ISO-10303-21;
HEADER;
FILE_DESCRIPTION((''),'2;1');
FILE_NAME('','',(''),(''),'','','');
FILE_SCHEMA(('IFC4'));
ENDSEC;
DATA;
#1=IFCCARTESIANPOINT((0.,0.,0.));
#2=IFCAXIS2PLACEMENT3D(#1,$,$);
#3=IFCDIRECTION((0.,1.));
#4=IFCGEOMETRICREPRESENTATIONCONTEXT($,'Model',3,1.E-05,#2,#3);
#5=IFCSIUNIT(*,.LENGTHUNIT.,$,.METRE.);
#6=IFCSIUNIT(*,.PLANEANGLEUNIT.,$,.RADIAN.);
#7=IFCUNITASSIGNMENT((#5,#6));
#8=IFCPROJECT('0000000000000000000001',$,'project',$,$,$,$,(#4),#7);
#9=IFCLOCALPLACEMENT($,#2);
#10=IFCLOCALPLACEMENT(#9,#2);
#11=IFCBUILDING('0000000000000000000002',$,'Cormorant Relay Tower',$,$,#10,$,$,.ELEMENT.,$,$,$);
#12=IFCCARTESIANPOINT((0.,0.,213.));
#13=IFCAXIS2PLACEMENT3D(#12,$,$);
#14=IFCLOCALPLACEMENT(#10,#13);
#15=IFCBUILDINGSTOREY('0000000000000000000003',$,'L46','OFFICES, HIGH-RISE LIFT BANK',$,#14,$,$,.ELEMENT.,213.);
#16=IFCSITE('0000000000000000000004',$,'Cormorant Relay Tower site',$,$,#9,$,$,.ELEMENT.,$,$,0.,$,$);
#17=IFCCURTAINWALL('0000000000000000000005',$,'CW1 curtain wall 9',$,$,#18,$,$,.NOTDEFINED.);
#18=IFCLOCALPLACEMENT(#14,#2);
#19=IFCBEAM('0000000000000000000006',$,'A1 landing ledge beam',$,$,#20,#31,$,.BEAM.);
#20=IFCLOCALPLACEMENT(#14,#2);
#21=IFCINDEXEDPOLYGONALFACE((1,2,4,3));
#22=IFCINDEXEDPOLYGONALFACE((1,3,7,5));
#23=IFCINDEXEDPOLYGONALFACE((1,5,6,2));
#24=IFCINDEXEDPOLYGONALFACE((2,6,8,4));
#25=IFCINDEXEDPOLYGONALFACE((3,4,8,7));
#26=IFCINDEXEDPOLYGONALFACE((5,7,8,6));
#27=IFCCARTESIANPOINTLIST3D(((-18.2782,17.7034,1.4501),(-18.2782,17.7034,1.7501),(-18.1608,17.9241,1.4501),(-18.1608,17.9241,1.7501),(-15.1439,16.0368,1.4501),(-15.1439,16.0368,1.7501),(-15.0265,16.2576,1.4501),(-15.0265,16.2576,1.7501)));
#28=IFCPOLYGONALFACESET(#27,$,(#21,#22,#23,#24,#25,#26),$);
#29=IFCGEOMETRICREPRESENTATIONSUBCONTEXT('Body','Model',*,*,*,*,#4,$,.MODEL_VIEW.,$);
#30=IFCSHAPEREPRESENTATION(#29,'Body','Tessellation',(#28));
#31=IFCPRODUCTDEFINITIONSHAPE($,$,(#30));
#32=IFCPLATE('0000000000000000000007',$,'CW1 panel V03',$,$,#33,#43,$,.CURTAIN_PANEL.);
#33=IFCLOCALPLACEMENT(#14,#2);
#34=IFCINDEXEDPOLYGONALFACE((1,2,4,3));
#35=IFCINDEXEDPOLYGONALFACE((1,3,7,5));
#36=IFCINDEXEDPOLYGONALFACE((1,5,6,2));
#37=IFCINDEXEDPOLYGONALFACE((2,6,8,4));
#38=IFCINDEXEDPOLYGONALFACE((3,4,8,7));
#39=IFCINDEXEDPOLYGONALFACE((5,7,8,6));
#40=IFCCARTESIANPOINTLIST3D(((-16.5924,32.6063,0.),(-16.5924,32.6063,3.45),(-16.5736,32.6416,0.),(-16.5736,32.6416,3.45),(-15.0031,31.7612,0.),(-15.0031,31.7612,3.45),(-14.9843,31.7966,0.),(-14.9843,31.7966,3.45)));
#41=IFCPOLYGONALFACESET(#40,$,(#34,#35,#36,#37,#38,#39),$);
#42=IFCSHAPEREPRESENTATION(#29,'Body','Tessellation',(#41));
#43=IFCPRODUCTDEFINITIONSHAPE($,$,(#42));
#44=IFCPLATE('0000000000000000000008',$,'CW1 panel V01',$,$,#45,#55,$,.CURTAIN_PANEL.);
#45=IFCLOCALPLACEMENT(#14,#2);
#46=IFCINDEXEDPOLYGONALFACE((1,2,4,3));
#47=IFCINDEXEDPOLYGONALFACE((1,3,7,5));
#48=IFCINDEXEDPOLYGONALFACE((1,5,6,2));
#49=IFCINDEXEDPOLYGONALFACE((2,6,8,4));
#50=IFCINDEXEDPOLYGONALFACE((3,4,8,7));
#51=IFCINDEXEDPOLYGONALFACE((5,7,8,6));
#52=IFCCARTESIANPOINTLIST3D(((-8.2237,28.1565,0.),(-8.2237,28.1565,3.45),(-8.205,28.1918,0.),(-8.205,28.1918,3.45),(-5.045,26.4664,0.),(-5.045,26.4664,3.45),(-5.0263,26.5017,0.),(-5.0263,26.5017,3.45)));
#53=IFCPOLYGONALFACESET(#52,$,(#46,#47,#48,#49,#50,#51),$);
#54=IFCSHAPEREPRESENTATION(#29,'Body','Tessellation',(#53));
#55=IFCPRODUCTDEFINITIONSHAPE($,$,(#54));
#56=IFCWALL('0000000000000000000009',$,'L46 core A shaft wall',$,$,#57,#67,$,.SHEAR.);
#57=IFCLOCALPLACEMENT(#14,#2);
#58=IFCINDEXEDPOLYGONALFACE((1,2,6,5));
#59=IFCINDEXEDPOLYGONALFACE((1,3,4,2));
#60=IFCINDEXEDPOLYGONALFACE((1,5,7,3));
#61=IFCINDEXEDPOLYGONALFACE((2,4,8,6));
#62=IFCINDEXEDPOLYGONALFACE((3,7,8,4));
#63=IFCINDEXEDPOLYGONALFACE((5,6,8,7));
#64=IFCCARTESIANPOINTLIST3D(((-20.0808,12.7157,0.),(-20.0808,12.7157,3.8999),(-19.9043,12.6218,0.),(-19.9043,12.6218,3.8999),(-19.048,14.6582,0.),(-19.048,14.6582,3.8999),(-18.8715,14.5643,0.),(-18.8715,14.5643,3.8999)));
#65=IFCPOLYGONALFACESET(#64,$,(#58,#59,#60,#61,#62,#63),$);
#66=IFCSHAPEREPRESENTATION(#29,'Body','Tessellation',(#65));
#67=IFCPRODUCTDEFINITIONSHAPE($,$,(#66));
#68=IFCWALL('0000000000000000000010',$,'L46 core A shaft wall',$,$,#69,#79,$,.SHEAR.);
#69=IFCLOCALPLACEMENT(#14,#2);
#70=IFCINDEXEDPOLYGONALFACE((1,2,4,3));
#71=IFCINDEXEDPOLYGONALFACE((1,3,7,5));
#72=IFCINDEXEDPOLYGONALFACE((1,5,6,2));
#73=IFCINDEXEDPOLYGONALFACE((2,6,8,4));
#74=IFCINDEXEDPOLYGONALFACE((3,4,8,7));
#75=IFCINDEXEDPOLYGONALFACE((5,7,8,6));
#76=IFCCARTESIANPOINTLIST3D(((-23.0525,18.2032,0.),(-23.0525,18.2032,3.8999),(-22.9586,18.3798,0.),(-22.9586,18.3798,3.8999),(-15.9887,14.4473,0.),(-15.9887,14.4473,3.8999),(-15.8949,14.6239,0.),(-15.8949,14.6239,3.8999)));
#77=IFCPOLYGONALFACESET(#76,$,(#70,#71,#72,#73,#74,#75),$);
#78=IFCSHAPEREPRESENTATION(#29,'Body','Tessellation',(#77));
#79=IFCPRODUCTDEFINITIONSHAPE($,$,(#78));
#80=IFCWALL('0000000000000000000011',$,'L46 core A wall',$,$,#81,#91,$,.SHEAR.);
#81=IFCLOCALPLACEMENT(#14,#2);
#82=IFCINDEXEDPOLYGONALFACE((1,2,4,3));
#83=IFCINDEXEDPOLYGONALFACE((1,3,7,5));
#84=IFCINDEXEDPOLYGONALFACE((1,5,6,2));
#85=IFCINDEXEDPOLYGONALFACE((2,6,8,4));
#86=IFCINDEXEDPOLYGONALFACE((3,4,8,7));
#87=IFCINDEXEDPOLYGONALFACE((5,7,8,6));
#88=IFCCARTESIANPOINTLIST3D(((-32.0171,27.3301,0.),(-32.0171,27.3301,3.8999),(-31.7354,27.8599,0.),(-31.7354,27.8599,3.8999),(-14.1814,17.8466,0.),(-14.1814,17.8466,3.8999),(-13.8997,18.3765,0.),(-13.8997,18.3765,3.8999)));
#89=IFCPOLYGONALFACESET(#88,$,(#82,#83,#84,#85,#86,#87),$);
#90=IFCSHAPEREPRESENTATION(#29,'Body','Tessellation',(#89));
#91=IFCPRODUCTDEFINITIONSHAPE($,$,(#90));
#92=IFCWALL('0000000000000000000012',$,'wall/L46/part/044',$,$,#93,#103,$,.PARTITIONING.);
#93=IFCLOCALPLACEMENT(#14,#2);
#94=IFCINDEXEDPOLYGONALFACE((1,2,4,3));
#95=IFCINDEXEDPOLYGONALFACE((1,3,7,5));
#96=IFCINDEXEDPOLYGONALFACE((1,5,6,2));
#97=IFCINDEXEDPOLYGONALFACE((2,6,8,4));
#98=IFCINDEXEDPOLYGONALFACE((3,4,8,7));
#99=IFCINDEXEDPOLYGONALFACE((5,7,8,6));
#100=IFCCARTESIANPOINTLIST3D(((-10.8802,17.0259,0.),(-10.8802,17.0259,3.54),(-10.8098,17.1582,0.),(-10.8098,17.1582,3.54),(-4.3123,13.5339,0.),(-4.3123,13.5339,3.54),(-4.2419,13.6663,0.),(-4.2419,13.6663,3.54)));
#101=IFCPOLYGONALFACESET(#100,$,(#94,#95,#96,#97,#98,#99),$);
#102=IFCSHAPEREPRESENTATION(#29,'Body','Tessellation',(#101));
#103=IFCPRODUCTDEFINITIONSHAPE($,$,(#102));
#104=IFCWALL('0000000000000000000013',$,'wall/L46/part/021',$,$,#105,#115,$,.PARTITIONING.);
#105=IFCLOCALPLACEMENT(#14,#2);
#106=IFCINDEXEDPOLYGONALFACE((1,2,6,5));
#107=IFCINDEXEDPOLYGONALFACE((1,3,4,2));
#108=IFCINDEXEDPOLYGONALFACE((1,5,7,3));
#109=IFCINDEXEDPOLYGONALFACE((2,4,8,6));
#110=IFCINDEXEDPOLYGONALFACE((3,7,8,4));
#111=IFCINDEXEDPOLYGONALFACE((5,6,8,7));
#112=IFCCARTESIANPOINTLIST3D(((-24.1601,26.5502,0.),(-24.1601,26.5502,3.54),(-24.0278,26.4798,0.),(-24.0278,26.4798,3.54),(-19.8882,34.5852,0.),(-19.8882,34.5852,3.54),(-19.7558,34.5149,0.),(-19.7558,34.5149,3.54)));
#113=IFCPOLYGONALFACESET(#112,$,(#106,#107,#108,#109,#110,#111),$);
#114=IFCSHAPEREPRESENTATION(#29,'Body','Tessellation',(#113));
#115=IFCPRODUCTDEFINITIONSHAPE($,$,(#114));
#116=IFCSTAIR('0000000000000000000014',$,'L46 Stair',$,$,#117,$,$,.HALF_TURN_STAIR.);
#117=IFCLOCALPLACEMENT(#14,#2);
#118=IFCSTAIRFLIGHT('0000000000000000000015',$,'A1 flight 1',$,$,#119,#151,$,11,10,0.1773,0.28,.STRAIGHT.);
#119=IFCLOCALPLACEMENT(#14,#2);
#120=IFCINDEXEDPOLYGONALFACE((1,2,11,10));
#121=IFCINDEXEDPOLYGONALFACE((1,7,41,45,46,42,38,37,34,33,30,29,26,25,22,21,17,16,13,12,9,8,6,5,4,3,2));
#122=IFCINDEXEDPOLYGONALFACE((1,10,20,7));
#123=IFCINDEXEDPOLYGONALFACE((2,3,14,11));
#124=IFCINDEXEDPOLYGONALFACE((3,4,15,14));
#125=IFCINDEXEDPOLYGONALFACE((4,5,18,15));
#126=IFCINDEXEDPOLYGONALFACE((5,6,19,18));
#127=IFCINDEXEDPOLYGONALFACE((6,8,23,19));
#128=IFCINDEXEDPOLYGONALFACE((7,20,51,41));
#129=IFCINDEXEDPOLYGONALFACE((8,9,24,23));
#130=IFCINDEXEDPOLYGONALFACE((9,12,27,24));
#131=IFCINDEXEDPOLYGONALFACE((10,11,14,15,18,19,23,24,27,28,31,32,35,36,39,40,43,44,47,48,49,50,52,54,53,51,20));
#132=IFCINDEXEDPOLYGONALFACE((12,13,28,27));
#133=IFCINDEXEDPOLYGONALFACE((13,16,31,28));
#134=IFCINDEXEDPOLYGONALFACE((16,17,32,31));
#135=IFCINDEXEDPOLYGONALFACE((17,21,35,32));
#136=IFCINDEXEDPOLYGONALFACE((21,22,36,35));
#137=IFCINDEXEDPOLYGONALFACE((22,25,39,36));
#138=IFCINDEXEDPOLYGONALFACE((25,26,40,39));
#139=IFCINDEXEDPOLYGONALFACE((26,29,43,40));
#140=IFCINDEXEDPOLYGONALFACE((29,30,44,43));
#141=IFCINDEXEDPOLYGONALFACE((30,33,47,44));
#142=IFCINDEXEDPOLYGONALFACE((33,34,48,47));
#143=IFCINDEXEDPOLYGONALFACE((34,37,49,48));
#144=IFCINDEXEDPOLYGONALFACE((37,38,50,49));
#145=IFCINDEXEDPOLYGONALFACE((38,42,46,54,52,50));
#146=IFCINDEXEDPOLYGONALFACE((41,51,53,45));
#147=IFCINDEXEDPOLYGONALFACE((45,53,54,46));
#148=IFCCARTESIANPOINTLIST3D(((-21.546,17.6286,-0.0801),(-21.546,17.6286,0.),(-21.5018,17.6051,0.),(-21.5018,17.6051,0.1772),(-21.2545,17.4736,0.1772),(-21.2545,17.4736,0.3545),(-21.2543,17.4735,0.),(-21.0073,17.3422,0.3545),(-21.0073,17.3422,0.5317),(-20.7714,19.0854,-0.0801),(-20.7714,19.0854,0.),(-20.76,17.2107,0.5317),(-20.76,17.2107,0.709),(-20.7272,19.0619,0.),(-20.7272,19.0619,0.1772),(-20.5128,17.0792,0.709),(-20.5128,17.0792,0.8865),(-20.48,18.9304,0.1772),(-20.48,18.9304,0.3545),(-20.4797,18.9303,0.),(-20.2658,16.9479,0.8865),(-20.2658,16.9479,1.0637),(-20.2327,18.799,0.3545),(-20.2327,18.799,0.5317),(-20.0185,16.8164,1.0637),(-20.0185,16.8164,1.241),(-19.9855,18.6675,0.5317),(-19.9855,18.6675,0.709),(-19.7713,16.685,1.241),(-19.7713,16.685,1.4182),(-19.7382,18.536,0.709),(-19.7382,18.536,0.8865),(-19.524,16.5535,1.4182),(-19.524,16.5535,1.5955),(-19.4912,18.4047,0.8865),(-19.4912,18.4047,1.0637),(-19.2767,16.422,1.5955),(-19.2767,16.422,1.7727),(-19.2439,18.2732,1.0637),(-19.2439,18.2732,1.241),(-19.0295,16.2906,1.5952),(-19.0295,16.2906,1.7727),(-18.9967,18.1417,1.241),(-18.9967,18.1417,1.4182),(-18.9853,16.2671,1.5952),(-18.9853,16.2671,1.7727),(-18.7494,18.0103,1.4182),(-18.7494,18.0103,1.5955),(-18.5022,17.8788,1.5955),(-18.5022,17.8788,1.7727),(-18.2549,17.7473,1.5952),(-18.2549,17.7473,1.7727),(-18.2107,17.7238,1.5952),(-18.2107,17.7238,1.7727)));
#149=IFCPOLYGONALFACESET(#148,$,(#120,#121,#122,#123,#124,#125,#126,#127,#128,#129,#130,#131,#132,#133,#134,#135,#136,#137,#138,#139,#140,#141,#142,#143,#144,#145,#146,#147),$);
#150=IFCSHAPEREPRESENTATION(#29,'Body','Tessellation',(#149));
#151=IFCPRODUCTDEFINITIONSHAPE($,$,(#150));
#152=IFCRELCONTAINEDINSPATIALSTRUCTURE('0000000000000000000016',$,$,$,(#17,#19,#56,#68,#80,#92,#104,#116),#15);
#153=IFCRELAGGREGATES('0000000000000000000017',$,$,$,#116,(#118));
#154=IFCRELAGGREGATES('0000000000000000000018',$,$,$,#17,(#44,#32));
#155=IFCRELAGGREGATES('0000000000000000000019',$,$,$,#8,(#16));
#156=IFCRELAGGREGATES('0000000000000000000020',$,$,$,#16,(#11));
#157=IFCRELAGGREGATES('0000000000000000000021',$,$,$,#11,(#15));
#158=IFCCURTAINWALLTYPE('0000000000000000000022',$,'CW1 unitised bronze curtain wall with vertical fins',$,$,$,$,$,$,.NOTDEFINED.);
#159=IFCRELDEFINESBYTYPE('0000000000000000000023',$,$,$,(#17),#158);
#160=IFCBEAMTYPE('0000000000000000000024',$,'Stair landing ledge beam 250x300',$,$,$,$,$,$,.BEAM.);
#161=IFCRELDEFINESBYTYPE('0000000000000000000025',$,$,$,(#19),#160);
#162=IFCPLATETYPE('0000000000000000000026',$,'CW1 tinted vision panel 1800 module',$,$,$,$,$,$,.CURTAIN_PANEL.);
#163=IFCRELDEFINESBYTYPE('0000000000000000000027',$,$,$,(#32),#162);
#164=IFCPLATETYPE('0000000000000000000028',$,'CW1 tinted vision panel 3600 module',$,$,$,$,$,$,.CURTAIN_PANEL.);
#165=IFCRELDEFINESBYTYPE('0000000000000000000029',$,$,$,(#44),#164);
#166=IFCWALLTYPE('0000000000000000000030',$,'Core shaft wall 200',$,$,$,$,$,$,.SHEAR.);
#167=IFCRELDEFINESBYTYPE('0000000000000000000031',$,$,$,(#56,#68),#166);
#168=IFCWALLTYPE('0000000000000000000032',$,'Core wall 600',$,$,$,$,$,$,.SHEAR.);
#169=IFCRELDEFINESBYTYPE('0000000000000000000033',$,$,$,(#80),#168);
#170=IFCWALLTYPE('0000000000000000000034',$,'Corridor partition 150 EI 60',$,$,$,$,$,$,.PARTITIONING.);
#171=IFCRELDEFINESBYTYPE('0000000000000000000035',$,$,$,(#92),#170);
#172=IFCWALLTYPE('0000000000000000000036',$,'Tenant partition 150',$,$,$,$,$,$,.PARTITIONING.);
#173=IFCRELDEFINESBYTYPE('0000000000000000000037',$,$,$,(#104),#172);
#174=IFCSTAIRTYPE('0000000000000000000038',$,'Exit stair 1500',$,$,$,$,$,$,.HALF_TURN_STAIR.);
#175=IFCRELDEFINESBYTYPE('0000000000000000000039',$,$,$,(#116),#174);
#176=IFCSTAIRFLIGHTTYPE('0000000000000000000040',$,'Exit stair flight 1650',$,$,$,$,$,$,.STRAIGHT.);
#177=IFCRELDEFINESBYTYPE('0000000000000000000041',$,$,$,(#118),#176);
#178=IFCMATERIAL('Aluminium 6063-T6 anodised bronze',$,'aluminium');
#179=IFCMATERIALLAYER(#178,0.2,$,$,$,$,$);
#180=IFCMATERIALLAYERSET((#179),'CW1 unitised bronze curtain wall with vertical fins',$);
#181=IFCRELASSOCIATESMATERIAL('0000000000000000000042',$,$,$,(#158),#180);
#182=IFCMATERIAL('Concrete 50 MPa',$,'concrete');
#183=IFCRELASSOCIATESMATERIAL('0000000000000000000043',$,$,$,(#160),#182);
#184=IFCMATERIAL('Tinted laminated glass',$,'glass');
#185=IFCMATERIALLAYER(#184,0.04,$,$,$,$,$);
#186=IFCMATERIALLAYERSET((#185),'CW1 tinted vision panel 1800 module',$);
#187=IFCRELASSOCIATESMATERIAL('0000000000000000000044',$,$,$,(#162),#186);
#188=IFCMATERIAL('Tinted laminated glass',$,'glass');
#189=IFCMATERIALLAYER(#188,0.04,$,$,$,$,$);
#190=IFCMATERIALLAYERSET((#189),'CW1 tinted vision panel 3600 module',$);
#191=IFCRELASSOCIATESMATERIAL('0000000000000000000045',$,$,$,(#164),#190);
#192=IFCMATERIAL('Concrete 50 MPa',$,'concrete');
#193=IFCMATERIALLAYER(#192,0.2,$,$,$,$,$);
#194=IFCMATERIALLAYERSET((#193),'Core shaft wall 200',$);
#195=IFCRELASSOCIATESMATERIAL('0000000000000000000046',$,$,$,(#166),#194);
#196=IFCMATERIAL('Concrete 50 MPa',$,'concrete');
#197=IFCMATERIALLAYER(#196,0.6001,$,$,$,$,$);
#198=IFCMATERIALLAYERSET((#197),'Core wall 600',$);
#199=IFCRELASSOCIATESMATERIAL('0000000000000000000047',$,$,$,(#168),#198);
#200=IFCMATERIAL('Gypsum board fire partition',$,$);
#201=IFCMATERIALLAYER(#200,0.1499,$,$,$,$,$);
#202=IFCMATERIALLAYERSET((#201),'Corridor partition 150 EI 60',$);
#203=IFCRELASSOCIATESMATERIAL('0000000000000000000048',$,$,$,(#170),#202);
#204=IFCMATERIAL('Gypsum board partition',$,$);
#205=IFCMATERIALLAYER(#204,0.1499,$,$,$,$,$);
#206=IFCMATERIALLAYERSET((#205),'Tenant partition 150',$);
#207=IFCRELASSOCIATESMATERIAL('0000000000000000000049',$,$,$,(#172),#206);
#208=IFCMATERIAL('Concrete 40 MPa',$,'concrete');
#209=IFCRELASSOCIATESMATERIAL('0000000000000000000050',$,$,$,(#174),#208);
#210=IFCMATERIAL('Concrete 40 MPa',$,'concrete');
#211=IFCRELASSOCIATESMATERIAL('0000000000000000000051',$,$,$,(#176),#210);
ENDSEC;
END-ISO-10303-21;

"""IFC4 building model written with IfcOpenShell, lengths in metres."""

from ifc_helpers import new_model, si_unit, direction, frame, frame_2d, origin, origin_2d, place, context, subcontext, project, spatial, polyline, rectangle, outline, extrude, material, layer, layer_set, material_profile, profile_set, type_object, element, aggregate, save


model = new_model("IFC4")

# Units and contexts
model_context = context("Model", 3, precision=1e-05, world=origin(), true_north=direction((0.0, 1.0)))
body_context = subcontext(model_context, "Body", "Model", "MODEL_VIEW")
ifc_project = project(units=[si_unit("LENGTHUNIT", "METRE"), si_unit("PLANEANGLEUNIT", "RADIAN")], contexts=[model_context])

# Site, building, storey
site_placement = place(None, origin())
site = spatial("IfcSite", under=ifc_project, at=site_placement, Name="Cormorant Relay Tower site", CompositionType="ELEMENT", RefElevation=0.0)
building_placement = place(site_placement, origin())
building = spatial("IfcBuilding", under=site, at=building_placement, Name="Cormorant Relay Tower", CompositionType="ELEMENT")
storey_placement = place(building_placement, frame((0.0, 0.0, 213.0)))
storey = spatial("IfcBuildingStorey", under=building, at=storey_placement, Name="L46", Description="OFFICES, HIGH-RISE LIFT BANK", CompositionType="ELEMENT", Elevation=213.0)

# Curtain wall
ifc_material_1 = material(Name="Aluminium 6063-T6 anodised bronze", Category="aluminium")
ifc_layer_1 = layer(ifc_material_1, 0.2)
ifc_layer_set_1 = layer_set([ifc_layer_1], Name="CW1 unitised bronze curtain wall with vertical fins")
curtain_wall_type = type_object("IfcCurtainWallType", Name="CW1 unitised bronze curtain wall with vertical fins", PredefinedType="NOTDEFINED", material=ifc_layer_set_1)
curtain_wall_placement = place(storey_placement, origin())
curtain_wall = element("IfcCurtainWall", 1, at=curtain_wall_placement, inside=storey, type_object=curtain_wall_type, Name="CW1 curtain wall 9", PredefinedType="NOTDEFINED")

# Beam
ifc_material_2 = material(Name="Concrete 50 MPa", Category="concrete")
ifc_material_profile_1 = material_profile(ifc_material_2, rectangle(XDim=0.25, YDim=0.3, at=origin_2d()), Name="RC 250x300")
ifc_profile_set_1 = profile_set([ifc_material_profile_1], Name="Concrete 50 MPa")
beam_type_1 = type_object("IfcBeamType", Name="Stair landing ledge beam 250x300", PredefinedType="BEAM", material=ifc_profile_set_1)
beam_1_placement = place(storey_placement, frame((-18.2195, 17.8137, 1.6001), z_axis=(0.88295, -0.469467, 0.0), x_axis=(0.469467, 0.88295, 0.0)))
element("IfcBeam", 2, at=beam_1_placement, inside=storey, type_object=beam_type_1, Name="A1 landing ledge beam", PredefinedType="BEAM", context=body_context, shape_type="SweptSolid", body=[
    extrude(rectangle(XDim=0.25, YDim=0.3, at=origin_2d()), origin(), (0.0, 0.0, 1.0), 3.5498),
])

# Plates
ifc_material_3 = material(Name="Tinted laminated glass", Category="glass")
ifc_layer_2 = layer(ifc_material_3, 0.04)
ifc_layer_set_2 = layer_set([ifc_layer_2], Name="CW1 tinted vision panel 1800 module")
plate_type_1 = type_object("IfcPlateType", Name="CW1 tinted vision panel 1800 module", PredefinedType="CURTAIN_PANEL", material=ifc_layer_set_2)
plate_1_placement = place(storey_placement, frame((-15.7883, 32.2014, 0.0), z_axis=(0.0, 0.0, 1.0), x_axis=(-0.882948, 0.469472, 0.0)))
plate_1 = element("IfcPlate", 3, at=plate_1_placement, type_object=plate_type_1, Name="CW1 panel V03", PredefinedType="CURTAIN_PANEL", context=body_context, shape_type="SweptSolid", body=[
    extrude(rectangle(XDim=1.8, YDim=0.04, at=origin_2d()), origin(), (0.0, 0.0, 1.0), 3.45),
])
ifc_material_4 = material(Name="Tinted laminated glass", Category="glass")
ifc_layer_3 = layer(ifc_material_4, 0.04)
ifc_layer_set_3 = layer_set([ifc_layer_3], Name="CW1 tinted vision panel 3600 module")
plate_type_2 = type_object("IfcPlateType", Name="CW1 tinted vision panel 3600 module", PredefinedType="CURTAIN_PANEL", material=ifc_layer_set_3)
plate_2_placement = place(storey_placement, frame((-6.625, 27.3291, 0.0), z_axis=(0.0, 0.0, 1.0), x_axis=(-0.882948, 0.469472, 0.0)))
plate_2 = element("IfcPlate", 4, at=plate_2_placement, type_object=plate_type_2, Name="CW1 panel V01", PredefinedType="CURTAIN_PANEL", context=body_context, shape_type="SweptSolid", body=[
    extrude(rectangle(XDim=3.6001, YDim=0.04, at=origin_2d()), origin(), (0.0, 0.0, 1.0), 3.45),
])

# Walls
ifc_material_5 = material(Name="Concrete 50 MPa", Category="concrete")
ifc_layer_4 = layer(ifc_material_5, 0.2)
ifc_layer_set_4 = layer_set([ifc_layer_4], Name="Core shaft wall 200")
wall_type_1 = type_object("IfcWallType", Name="Core shaft wall 200", PredefinedType="SHEAR", material=ifc_layer_set_4)
wall_1_placement = place(storey_placement, frame((-18.9597, 14.6113, 0.0), z_axis=(0.0, 0.0, 1.0), x_axis=(-0.469447, -0.88296, 0.0)))
element("IfcWall", 5, at=wall_1_placement, inside=storey, type_object=wall_type_1, Name="L46 core A shaft wall", PredefinedType="SHEAR", context=body_context, shape_type="SweptSolid", body=[
    extrude(rectangle(XDim=2.2, YDim=0.2, at=frame_2d((1.1001, 0.0))), origin(), (0.0, 0.0, 1.0), 3.8999),
])
wall_2_placement = place(storey_placement, frame((-15.9419, 14.5356, 0.0), z_axis=(0.0, 0.0, 1.0), x_axis=(-0.882947, 0.469473, 0.0)))
element("IfcWall", 6, at=wall_2_placement, inside=storey, type_object=wall_type_1, Name="L46 core A shaft wall", PredefinedType="SHEAR", context=body_context, shape_type="SweptSolid", body=[
    extrude(rectangle(XDim=8.0002, YDim=0.2, at=frame_2d((4.0, 0.0))), origin(), (0.0, 0.0, 1.0), 3.8999),
])

# Shared definitions
ifc_material_6 = material(Name="Concrete 50 MPa", Category="concrete")
ifc_layer_5 = layer(ifc_material_6, 0.6001)
ifc_layer_set_5 = layer_set([ifc_layer_5], Name="Core wall 600")
wall_type_2 = type_object("IfcWallType", Name="Core wall 600", PredefinedType="SHEAR", material=ifc_layer_set_5)

# Walls
wall_3_placement = place(storey_placement, frame((-14.0405, 18.1116, 0.0), z_axis=(0.0, 0.0, 1.0), x_axis=(-0.882948, 0.469471, 0.0)))
element("IfcWall", 7, at=wall_3_placement, inside=storey, type_object=wall_type_2, Name="L46 core A wall", PredefinedType="SHEAR", context=body_context, shape_type="SweptSolid", body=[
    extrude(rectangle(XDim=20.2002, YDim=0.6001, at=frame_2d((10.1001, 0.0))), origin(), (0.0, 0.0, 1.0), 3.8999),
])
ifc_material_7 = material(Name="Gypsum board fire partition")
ifc_layer_6 = layer(ifc_material_7, 0.1499)
ifc_layer_set_6 = layer_set([ifc_layer_6], Name="Corridor partition 150 EI 60")
wall_type_3 = type_object("IfcWallType", Name="Corridor partition 150 EI 60", PredefinedType="PARTITIONING", material=ifc_layer_set_6)
wall_4_placement = place(storey_placement, frame((-10.845, 17.092, 0.0), z_axis=(0.0, 0.0, 1.0), x_axis=(0.882962, -0.469445, 0.0)))
element("IfcWall", 8, at=wall_4_placement, inside=storey, type_object=wall_type_3, Name="wall/L46/part/044", PredefinedType="PARTITIONING", context=body_context, shape_type="SweptSolid", body=[
    extrude(rectangle(XDim=7.4385, YDim=0.1499, at=frame_2d((3.7192, 0.0))), origin(), (0.0, 0.0, 1.0), 3.54),
])
ifc_material_8 = material(Name="Gypsum board partition")
ifc_layer_7 = layer(ifc_material_8, 0.1499)
ifc_layer_set_7 = layer_set([ifc_layer_7], Name="Tenant partition 150")
wall_type_4 = type_object("IfcWallType", Name="Tenant partition 150", PredefinedType="PARTITIONING", material=ifc_layer_set_7)
wall_5_placement = place(storey_placement, frame((-19.822, 34.55, 0.0), z_axis=(0.0, 0.0, 1.0), x_axis=(-0.469438, -0.882966, 0.0)))
element("IfcWall", 9, at=wall_5_placement, inside=storey, type_object=wall_type_4, Name="wall/L46/part/021", PredefinedType="PARTITIONING", context=body_context, shape_type="SweptSolid", body=[
    extrude(rectangle(XDim=9.1001, YDim=0.1499, at=frame_2d((4.55, 0.0))), origin(), (0.0, 0.0, 1.0), 3.54),
])

# Stair, stair flight
ifc_material_9 = material(Name="Concrete 40 MPa", Category="concrete")
stair_type = type_object("IfcStairType", Name="Exit stair 1500", PredefinedType="HALF_TURN_STAIR", material=ifc_material_9)
stair_placement = place(storey_placement, origin())
stair = element("IfcStair", 10, at=stair_placement, inside=storey, type_object=stair_type, Name="L46 Stair", PredefinedType="HALF_TURN_STAIR")
ifc_material_10 = material(Name="Concrete 40 MPa", Category="concrete")
stair_flight_type = type_object("IfcStairFlightType", Name="Exit stair flight 1650", PredefinedType="STRAIGHT", material=ifc_material_10)
stair_flight_1_placement = place(storey_placement, frame((-21.1145, 18.3335, 0.0), z_axis=(0.0, 0.0, 1.0), x_axis=(0.882948, -0.469472, 0.0)))
stair_flight_1 = element("IfcStairFlight", 11, at=stair_flight_1_placement, type_object=stair_flight_type, Name="A1 flight 1", NumberOfRisers=11, NumberOfTreads=10, PredefinedType="STRAIGHT", RiserHeight=0.1773, TreadLength=0.28, context=body_context, shape_type="SweptSolid", body=[
    extrude(outline(polyline([(-0.05, -0.0801), (-0.05, 0.0), (0.0, 0.0), (0.0, 0.1772), (0.28, 0.1772), (0.28, 0.3545), (0.5601, 0.3545), (0.5601, 0.5317), (0.8401, 0.5317), (0.8401, 0.709), (1.1201, 0.709), (1.1201, 0.8865), (1.3999, 0.8865), (1.3999, 1.0637), (1.6799, 1.0637), (1.6799, 1.241), (1.96, 1.241), (1.96, 1.4182), (2.24, 1.4182), (2.24, 1.5955), (2.52, 1.5955), (2.52, 1.7727), (2.8, 1.7727), (2.8501, 1.7727), (2.8501, 1.5952), (2.8, 1.5952), (0.2803, 0.0), (-0.05, -0.0801)])), frame((0.0, 0.825, 0.0), z_axis=(0.0, -1.0, 0.0), x_axis=(1.0, 0.0, 0.0)), (0.0, 0.0, 1.0), 1.6499),
])
aggregate(stair, [stair_flight_1])

aggregate(curtain_wall, [plate_2, plate_1])

save(model, "model.ifc")
